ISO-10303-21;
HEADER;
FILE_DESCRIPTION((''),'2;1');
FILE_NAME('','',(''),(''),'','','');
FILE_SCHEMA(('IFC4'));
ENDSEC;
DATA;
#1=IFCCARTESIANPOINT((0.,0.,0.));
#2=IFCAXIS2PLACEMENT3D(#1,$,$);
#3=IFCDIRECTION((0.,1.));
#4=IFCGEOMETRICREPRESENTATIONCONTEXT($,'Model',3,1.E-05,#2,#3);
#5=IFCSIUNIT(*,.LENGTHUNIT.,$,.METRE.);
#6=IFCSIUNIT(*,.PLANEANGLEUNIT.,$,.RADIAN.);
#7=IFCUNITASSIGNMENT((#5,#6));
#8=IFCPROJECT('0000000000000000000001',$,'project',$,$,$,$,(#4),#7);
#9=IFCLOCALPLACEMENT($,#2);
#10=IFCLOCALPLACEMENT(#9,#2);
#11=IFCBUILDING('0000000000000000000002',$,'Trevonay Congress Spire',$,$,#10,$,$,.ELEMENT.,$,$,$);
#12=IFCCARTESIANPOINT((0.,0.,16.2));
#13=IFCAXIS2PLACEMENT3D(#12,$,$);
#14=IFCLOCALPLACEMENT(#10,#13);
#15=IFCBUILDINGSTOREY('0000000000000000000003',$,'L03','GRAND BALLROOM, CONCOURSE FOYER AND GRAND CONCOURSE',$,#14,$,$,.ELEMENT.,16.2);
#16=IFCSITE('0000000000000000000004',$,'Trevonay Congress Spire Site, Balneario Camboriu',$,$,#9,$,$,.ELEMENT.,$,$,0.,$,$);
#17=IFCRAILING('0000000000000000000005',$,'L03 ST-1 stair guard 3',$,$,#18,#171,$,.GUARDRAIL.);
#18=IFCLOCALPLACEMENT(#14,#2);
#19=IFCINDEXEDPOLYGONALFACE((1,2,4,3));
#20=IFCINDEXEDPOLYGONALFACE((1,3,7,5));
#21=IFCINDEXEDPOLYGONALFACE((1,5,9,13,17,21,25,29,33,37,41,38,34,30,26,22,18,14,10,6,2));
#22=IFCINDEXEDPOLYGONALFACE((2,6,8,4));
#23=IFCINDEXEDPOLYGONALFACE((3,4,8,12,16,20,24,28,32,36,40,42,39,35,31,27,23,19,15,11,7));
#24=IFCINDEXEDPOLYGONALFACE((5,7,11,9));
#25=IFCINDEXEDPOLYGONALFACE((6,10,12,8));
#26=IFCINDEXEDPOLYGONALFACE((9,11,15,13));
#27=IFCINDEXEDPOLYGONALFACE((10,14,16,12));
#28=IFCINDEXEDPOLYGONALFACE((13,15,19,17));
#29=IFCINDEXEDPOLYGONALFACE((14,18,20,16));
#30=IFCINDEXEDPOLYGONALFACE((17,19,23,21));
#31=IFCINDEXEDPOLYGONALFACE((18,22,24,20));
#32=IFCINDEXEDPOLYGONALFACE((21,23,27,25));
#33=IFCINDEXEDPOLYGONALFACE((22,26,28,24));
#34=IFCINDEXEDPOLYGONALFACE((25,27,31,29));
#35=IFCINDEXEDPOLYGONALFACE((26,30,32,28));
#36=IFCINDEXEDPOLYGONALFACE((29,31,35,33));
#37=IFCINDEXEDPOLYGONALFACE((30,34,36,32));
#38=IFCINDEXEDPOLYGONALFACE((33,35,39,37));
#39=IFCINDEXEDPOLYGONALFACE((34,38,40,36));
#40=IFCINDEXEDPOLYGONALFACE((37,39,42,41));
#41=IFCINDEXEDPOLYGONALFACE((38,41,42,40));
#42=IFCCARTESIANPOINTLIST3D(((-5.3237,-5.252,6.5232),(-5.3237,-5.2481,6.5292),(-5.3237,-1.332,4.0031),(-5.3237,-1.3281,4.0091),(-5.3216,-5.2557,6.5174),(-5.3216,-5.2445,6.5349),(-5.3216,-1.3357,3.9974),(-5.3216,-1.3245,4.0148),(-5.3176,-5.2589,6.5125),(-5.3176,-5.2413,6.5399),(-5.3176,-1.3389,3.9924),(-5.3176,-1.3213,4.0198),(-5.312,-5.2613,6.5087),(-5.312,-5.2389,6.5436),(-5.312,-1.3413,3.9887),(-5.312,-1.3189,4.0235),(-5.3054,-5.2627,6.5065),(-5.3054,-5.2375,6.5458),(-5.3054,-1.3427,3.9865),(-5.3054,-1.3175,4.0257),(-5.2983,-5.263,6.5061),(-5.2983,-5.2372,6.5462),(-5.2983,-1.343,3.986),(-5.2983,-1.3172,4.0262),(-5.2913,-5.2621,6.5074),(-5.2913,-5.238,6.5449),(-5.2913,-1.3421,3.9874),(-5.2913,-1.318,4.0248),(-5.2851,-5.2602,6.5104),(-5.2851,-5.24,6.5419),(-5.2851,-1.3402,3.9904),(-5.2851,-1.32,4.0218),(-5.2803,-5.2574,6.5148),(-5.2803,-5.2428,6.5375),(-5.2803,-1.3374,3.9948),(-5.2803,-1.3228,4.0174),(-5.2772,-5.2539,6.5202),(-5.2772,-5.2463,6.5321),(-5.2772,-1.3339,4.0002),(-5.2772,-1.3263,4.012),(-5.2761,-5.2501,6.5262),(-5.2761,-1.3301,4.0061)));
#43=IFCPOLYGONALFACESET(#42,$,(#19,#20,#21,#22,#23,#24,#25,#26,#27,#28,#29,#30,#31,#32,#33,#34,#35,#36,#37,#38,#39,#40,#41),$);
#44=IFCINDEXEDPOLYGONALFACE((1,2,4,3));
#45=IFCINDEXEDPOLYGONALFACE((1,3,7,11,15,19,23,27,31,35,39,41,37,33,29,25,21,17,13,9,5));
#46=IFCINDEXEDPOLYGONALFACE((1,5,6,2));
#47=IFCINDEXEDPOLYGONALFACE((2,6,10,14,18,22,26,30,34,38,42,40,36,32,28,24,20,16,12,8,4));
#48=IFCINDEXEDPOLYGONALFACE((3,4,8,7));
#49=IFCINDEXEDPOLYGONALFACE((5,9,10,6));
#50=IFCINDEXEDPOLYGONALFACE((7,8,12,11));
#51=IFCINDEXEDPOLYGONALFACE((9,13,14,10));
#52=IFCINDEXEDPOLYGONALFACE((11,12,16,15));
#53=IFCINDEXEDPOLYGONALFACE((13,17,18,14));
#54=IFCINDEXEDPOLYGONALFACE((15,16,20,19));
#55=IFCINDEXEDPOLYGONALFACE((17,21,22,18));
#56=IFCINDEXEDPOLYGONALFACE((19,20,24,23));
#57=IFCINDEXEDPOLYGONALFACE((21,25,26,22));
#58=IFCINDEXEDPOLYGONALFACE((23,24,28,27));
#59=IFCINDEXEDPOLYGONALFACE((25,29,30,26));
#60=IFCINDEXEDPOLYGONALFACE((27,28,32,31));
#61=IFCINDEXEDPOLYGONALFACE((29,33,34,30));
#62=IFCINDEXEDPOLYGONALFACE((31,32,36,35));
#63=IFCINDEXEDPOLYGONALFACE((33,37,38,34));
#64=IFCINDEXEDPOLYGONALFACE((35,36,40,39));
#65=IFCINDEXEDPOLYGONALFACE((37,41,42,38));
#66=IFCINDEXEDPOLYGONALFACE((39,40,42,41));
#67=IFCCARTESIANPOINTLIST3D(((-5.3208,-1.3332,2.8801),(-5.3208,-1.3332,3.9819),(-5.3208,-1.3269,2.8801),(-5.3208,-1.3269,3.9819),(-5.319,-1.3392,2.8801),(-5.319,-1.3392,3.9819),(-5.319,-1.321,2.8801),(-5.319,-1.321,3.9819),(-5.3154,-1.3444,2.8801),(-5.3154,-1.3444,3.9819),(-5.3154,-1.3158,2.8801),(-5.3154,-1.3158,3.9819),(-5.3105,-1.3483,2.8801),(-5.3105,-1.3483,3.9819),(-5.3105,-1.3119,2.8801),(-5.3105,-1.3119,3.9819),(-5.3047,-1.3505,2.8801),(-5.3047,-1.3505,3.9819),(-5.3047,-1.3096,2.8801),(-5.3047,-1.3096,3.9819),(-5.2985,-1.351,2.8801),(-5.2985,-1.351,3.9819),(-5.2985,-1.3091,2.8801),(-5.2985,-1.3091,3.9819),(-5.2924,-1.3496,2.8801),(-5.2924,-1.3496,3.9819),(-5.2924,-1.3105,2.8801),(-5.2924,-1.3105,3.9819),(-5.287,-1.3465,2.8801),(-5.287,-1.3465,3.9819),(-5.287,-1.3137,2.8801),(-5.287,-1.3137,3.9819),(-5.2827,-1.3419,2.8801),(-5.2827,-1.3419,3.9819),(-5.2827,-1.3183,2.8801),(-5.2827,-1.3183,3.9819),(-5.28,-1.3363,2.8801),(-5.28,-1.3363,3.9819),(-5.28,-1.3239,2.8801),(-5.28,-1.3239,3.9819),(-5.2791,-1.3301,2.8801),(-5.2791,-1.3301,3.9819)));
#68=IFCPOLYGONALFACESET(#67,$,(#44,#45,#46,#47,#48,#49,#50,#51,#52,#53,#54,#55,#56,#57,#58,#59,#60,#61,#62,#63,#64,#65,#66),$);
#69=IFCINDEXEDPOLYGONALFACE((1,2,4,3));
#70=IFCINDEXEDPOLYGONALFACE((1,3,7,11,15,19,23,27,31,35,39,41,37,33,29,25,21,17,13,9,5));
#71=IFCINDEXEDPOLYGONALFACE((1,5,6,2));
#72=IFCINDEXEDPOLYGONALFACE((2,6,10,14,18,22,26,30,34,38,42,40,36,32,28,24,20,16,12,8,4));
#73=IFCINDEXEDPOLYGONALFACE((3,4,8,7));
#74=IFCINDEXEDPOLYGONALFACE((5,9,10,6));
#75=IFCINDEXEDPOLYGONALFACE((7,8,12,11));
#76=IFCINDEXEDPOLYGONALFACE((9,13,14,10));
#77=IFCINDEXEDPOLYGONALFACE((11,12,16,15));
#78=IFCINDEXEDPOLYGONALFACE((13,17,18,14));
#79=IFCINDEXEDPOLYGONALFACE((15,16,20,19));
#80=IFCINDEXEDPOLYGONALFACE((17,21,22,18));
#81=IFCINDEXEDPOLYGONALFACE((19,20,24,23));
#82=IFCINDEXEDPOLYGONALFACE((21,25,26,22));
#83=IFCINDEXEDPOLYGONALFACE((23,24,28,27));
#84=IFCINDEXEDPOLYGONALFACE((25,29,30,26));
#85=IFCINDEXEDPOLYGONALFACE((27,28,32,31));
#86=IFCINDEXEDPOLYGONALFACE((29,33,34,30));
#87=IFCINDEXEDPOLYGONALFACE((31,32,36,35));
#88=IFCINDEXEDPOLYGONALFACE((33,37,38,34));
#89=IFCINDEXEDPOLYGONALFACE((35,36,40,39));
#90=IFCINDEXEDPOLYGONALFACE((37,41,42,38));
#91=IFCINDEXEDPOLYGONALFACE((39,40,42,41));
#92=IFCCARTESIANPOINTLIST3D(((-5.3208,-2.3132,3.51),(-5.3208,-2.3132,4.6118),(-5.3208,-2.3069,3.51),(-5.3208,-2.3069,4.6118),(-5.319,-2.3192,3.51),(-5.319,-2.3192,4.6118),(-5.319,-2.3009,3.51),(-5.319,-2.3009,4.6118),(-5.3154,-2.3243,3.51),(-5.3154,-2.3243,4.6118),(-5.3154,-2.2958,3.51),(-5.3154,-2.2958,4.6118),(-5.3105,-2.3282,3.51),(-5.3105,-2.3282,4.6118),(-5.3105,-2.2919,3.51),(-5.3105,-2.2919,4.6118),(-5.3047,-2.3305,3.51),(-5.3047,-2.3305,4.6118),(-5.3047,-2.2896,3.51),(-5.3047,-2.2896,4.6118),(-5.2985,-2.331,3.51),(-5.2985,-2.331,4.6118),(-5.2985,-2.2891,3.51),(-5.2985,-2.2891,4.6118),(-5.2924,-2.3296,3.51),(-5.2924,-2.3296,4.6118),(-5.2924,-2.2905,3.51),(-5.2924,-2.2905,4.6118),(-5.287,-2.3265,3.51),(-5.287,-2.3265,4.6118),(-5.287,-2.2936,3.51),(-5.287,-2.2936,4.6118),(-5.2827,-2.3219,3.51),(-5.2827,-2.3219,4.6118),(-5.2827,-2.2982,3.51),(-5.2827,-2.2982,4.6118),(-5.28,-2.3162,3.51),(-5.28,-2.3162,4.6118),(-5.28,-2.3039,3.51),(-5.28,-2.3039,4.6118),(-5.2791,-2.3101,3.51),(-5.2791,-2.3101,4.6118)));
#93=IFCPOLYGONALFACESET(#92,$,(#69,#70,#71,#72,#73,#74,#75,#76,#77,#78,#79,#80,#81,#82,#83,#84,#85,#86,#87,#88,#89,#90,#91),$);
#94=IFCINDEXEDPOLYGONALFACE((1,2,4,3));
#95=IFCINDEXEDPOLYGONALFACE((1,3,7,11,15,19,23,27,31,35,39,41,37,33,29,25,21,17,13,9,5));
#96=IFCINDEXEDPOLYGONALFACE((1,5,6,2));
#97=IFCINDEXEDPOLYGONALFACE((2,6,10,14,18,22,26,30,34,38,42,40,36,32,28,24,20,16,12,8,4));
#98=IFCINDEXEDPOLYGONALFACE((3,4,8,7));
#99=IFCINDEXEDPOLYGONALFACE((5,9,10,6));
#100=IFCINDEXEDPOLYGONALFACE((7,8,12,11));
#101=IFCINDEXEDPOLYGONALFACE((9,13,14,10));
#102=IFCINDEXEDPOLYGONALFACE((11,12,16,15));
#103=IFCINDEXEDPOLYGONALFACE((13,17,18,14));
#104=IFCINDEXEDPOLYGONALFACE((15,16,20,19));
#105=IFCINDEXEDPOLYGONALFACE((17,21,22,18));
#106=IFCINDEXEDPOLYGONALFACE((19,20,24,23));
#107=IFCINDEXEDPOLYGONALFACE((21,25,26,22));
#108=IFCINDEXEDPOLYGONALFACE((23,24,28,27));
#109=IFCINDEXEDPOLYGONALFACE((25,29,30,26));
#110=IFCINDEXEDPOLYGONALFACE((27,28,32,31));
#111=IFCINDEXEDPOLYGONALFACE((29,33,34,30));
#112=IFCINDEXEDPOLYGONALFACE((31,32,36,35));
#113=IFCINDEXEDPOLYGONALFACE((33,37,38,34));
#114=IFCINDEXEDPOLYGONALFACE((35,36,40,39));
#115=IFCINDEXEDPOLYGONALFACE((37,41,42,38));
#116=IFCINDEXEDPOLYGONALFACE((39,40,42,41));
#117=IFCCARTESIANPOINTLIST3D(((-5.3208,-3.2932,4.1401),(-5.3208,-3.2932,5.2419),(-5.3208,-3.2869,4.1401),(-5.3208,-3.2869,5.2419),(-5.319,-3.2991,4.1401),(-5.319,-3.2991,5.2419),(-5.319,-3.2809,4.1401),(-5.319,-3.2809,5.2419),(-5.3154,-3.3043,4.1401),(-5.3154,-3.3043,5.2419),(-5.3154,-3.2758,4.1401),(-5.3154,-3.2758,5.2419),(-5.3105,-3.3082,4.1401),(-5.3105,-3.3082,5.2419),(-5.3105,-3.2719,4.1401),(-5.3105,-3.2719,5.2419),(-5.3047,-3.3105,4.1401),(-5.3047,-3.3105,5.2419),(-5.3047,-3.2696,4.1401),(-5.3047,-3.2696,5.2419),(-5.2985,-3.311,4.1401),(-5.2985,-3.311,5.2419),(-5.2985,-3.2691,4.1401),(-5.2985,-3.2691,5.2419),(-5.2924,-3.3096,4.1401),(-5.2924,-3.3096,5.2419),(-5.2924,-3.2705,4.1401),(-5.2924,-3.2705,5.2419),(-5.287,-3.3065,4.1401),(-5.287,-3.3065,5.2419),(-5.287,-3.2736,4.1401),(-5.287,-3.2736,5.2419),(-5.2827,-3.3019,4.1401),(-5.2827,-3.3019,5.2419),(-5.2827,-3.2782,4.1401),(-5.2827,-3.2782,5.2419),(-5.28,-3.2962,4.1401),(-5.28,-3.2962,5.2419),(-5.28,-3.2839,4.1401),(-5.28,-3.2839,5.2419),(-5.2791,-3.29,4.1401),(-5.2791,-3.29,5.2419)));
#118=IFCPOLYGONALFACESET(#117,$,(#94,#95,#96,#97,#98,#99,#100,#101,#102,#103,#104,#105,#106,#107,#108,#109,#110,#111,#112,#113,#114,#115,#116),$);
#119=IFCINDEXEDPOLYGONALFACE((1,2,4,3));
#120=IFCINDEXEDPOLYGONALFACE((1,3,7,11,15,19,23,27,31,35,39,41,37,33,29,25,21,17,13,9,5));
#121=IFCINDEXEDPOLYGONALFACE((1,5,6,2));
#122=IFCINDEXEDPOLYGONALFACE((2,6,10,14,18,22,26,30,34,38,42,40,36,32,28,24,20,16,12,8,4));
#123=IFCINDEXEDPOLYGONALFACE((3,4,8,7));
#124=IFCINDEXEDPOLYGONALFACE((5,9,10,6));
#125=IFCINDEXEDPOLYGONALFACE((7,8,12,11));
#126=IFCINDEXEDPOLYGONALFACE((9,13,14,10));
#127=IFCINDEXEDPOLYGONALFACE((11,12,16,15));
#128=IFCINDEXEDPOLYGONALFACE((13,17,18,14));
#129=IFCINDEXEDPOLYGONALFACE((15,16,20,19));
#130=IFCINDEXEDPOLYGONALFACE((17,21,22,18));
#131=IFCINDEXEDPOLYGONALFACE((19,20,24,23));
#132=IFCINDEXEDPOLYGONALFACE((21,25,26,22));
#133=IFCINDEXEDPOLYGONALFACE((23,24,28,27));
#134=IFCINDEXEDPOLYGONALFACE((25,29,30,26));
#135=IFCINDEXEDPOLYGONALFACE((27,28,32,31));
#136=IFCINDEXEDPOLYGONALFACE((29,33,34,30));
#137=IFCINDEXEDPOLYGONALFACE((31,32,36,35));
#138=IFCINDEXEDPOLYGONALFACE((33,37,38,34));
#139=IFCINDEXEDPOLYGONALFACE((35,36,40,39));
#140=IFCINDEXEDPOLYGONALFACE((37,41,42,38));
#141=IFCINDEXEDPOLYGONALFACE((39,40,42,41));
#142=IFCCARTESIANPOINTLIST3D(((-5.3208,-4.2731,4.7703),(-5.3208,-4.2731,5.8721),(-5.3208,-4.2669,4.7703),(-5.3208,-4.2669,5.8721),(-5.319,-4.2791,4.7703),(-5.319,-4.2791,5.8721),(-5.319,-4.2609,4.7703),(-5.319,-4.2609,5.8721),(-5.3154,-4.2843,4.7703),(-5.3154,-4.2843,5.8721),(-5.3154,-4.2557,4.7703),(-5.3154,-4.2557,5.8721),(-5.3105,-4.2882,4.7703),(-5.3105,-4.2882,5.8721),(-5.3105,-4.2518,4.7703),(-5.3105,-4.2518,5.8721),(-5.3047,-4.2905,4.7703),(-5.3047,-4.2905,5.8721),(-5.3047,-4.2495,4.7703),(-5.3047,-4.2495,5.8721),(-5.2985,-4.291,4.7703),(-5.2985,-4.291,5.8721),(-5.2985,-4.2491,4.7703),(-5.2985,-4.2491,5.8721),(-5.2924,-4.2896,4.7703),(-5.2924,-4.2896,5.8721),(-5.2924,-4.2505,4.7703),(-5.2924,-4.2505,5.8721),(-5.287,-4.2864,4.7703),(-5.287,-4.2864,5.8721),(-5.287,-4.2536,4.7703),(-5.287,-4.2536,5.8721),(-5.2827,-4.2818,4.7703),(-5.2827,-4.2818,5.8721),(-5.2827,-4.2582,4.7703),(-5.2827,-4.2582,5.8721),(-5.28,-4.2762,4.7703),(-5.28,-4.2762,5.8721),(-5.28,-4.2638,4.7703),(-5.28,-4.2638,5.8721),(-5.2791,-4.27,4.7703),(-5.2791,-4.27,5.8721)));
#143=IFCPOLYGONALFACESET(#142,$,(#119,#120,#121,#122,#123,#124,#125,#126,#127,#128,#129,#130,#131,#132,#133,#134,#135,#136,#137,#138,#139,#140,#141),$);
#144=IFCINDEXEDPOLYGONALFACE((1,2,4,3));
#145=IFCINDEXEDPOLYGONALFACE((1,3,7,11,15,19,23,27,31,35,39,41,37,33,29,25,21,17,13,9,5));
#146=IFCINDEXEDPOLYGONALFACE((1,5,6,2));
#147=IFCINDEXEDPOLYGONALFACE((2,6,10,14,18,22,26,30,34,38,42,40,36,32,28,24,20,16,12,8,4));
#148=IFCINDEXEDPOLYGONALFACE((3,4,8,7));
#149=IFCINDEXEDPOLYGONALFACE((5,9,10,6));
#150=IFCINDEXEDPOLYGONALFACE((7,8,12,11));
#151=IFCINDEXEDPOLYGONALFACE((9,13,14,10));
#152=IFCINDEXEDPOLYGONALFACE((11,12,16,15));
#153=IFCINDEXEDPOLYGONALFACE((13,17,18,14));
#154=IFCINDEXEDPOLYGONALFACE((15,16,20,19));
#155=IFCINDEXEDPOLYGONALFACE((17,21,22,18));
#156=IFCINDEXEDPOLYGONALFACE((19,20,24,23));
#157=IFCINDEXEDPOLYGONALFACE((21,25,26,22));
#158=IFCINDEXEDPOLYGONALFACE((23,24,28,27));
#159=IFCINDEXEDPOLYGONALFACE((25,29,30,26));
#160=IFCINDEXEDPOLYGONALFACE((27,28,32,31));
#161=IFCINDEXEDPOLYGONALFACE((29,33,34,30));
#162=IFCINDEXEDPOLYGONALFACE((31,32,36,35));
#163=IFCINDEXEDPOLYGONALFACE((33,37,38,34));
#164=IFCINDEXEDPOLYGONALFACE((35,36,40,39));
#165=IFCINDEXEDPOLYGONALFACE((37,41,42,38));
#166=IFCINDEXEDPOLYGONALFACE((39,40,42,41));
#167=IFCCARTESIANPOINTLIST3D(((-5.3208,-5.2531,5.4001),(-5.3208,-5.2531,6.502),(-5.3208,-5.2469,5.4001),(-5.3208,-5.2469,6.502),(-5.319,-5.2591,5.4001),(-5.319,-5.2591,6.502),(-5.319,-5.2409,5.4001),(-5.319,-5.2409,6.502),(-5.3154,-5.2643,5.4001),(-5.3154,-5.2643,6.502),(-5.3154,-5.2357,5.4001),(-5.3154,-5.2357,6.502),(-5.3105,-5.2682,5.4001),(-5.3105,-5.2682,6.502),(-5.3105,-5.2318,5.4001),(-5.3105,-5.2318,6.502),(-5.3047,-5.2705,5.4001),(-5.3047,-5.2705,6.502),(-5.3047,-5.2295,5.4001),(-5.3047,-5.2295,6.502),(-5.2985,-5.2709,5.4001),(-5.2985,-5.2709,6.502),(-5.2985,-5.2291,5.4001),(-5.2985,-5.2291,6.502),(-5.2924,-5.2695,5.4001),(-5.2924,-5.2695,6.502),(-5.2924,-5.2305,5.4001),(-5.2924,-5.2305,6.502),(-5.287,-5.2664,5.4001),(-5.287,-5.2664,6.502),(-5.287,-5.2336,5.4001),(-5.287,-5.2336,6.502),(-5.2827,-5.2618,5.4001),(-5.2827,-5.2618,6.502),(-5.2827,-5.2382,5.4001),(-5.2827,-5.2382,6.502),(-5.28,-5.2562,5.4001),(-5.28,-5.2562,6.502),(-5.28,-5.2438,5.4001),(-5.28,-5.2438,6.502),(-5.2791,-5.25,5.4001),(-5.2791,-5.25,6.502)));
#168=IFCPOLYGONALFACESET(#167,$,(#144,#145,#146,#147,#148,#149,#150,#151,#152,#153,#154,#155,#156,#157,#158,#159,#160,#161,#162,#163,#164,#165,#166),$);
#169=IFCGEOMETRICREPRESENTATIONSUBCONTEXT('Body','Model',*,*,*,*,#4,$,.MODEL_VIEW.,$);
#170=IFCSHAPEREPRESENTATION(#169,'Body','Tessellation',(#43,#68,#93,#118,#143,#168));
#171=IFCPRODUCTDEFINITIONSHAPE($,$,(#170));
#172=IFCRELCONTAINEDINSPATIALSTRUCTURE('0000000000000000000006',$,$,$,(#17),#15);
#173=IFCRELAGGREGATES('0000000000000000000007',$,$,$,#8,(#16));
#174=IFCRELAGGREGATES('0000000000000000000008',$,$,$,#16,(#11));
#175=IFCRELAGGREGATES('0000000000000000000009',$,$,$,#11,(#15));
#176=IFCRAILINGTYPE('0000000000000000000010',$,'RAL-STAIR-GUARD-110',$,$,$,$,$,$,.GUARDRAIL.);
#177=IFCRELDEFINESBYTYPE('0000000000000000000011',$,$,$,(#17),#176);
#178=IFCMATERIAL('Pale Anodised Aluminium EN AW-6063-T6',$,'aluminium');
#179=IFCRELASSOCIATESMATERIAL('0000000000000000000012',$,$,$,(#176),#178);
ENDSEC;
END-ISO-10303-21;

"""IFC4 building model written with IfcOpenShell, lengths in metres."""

from ifc_helpers import new_model, si_unit, direction, frame, origin, origin_2d, place, context, subcontext, project, spatial, circle, extrude, material, type_object, element, save


model = new_model("IFC4")

# Units and contexts
model_context = context("Model", 3, precision=1e-05, world=origin(), true_north=direction((0.0, 1.0)))
body_context = subcontext(model_context, "Body", "Model", "MODEL_VIEW")
ifc_project = project(units=[si_unit("LENGTHUNIT", "METRE"), si_unit("PLANEANGLEUNIT", "RADIAN")], contexts=[model_context])

# Site, building, storey
site_placement = place(None, origin())
site = spatial("IfcSite", under=ifc_project, at=site_placement, Name="Trevonay Congress Spire Site, Balneario Camboriu", CompositionType="ELEMENT", RefElevation=0.0)
building_placement = place(site_placement, origin())
building = spatial("IfcBuilding", under=site, at=building_placement, Name="Trevonay Congress Spire", CompositionType="ELEMENT")
storey_placement = place(building_placement, frame((0.0, 0.0, 16.2)))
storey = spatial("IfcBuildingStorey", under=building, at=storey_placement, Name="L03", Description="GRAND BALLROOM, CONCOURSE FOYER AND GRAND CONCOURSE", CompositionType="ELEMENT", Elevation=16.2)

# Railing
ifc_material_1 = material(Name="Pale Anodised Aluminium EN AW-6063-T6", Category="aluminium")
railing_type_1 = type_object("IfcRailingType", Name="RAL-STAIR-GUARD-110", PredefinedType="GUARDRAIL", material=ifc_material_1)
railing_1_placement = place(storey_placement, frame((-5.3, -1.3301, 2.8801)))
element("IfcRailing", 1, at=railing_1_placement, inside=storey, type_object=railing_type_1, Name="L03 ST-1 stair guard 3", PredefinedType="GUARDRAIL", context=body_context, shape_type="SweptSolid", body=[
    extrude(circle(Radius=0.0239, at=origin_2d()), frame((0.0, 0.0, 1.126), z_axis=(0.0, -0.841172, 0.540768), x_axis=(1.0, 0.0, 0.0)), (0.0, 0.0, 1.0), 4.6602),
    extrude(circle(Radius=0.021, at=origin_2d()), origin(), (0.0, 0.0, 1.0), 1.1018),
    extrude(circle(Radius=0.021, at=origin_2d()), frame((0.0, -0.98, 0.6299)), (0.0, 0.0, 1.0), 1.1018),
    extrude(circle(Radius=0.021, at=origin_2d()), frame((0.0, -1.96, 1.26)), (0.0, 0.0, 1.0), 1.1018),
    extrude(circle(Radius=0.021, at=origin_2d()), frame((0.0, -2.9399, 1.8901)), (0.0, 0.0, 1.0), 1.1018),
    extrude(circle(Radius=0.021, at=origin_2d()), frame((0.0, -3.9199, 2.52)), (0.0, 0.0, 1.0), 1.1018),
])

save(model, "model.ifc")
